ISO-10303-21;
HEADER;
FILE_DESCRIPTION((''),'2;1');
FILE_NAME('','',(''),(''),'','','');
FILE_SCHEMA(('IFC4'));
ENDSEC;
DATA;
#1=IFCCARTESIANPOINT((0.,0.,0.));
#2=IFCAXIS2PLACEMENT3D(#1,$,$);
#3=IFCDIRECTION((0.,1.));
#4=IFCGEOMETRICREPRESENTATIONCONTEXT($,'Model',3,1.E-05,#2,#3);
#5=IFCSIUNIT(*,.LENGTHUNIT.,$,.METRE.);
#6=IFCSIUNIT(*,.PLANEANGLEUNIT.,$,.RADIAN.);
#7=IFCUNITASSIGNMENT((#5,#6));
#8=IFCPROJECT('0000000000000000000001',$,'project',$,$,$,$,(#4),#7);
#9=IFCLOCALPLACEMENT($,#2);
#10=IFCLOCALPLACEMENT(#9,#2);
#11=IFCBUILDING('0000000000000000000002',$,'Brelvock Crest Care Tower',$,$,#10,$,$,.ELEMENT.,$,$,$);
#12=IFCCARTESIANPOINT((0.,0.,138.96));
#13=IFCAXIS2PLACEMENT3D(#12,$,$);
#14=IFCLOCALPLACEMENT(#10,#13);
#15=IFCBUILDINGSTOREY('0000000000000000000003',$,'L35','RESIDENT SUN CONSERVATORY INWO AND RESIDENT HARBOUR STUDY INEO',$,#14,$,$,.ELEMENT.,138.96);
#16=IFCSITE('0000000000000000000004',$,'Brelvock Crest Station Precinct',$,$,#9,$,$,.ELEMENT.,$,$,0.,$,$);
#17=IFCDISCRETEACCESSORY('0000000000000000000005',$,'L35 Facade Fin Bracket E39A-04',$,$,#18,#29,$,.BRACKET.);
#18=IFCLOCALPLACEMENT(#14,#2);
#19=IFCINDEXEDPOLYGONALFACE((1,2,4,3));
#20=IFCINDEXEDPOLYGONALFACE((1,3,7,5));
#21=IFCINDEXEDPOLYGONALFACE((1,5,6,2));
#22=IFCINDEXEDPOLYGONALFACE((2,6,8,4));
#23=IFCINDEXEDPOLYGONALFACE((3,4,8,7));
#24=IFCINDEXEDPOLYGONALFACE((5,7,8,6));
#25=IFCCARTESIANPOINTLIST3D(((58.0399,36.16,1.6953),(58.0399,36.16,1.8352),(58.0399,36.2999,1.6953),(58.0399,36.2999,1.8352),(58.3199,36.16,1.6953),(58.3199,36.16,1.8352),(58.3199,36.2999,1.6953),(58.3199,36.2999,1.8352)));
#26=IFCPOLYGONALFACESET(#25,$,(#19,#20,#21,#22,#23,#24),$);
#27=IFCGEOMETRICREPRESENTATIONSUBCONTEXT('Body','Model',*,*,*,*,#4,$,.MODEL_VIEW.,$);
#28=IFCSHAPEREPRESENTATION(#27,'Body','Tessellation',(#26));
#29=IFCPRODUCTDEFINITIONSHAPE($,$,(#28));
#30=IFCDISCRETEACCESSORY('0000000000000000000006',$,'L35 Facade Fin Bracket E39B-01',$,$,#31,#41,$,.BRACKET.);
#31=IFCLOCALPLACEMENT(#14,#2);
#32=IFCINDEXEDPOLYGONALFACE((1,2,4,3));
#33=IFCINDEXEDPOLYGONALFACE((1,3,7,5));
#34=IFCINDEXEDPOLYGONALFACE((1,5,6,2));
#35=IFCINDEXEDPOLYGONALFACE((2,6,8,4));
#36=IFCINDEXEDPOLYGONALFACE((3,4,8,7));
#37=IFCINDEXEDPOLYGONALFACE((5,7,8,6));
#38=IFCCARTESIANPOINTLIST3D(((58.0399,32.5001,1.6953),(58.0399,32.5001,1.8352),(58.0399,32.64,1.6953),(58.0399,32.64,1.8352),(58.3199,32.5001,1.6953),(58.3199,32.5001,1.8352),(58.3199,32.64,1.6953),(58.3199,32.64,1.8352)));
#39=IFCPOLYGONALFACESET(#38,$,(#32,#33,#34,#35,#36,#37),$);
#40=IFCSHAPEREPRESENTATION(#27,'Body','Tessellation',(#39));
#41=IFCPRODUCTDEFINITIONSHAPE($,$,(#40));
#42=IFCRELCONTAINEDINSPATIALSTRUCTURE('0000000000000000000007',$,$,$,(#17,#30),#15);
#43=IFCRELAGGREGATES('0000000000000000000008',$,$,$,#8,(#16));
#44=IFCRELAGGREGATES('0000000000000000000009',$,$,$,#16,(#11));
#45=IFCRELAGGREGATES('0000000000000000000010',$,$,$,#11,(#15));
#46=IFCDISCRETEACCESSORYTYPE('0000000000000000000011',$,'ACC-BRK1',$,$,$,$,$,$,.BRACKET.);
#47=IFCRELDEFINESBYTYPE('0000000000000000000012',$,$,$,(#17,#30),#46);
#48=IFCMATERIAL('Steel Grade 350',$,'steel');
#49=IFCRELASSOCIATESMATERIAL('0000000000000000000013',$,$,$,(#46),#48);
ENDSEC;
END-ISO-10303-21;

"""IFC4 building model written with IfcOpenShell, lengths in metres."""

from ifc_helpers import new_model, si_unit, direction, frame, origin, origin_2d, place, context, subcontext, project, spatial, rectangle, extrude, source, transform, mapped, material, type_object, element, save


model = new_model("IFC4")

# Units and contexts
model_context = context("Model", 3, precision=1e-05, world=origin(), true_north=direction((0.0, 1.0)))
body_context = subcontext(model_context, "Body", "Model", "MODEL_VIEW")
ifc_project = project(units=[si_unit("LENGTHUNIT", "METRE"), si_unit("PLANEANGLEUNIT", "RADIAN")], contexts=[model_context])

# Site, building, storey
site_placement = place(None, origin())
site = spatial("IfcSite", under=ifc_project, at=site_placement, Name="Brelvock Crest Station Precinct", CompositionType="ELEMENT", RefElevation=0.0)
building_placement = place(site_placement, origin())
building = spatial("IfcBuilding", under=site, at=building_placement, Name="Brelvock Crest Care Tower", CompositionType="ELEMENT")
storey_placement = place(building_placement, frame((0.0, 0.0, 138.96)))
storey = spatial("IfcBuildingStorey", under=building, at=storey_placement, Name="L35", Description="RESIDENT SUN CONSERVATORY INWO AND RESIDENT HARBOUR STUDY INEO", CompositionType="ELEMENT", Elevation=138.96)

# Discrete accessories
ifc_material_1 = material(Name="Steel Grade 350", Category="steel")
discrete_accessory_type = type_object("IfcDiscreteAccessoryType", Name="ACC-BRK1", PredefinedType="BRACKET", material=ifc_material_1)
shared_shape_1 = source(origin(), body_context, "Body", "SweptSolid", [
    extrude(rectangle(XDim=0.28, YDim=0.1399, at=origin_2d()), origin(), (0.0, 0.0, 1.0), 0.1399),
])
for number, where, z_axis, x_axis, name in (
    (1, (58.1799, 36.23, 1.6953), (0.0, 0.0, 1.0), (1.0, 0.0, 0.0), "L35 Facade Fin Bracket E39A-04"),
    (2, (58.1799, 32.5701, 1.6953), (0.0, 0.0, 1.0), (1.0, 0.0, 0.0), "L35 Facade Fin Bracket E39B-01"),
):
    element("IfcDiscreteAccessory", number, at=place(storey_placement, frame(where, z_axis=z_axis, x_axis=x_axis)), inside=storey, type_object=discrete_accessory_type, Name=name, PredefinedType="BRACKET", context=body_context, shape_type="MappedRepresentation", body=[
        mapped(shared_shape_1, transform((0.0, 0.0, 0.0), x_axis=(1.0, 0.0, 0.0), y_axis=(0.0, 1.0, 0.0), z_axis=(0.0, 0.0, 1.0), scale=1.0)),
    ])

save(model, "model.ifc")
